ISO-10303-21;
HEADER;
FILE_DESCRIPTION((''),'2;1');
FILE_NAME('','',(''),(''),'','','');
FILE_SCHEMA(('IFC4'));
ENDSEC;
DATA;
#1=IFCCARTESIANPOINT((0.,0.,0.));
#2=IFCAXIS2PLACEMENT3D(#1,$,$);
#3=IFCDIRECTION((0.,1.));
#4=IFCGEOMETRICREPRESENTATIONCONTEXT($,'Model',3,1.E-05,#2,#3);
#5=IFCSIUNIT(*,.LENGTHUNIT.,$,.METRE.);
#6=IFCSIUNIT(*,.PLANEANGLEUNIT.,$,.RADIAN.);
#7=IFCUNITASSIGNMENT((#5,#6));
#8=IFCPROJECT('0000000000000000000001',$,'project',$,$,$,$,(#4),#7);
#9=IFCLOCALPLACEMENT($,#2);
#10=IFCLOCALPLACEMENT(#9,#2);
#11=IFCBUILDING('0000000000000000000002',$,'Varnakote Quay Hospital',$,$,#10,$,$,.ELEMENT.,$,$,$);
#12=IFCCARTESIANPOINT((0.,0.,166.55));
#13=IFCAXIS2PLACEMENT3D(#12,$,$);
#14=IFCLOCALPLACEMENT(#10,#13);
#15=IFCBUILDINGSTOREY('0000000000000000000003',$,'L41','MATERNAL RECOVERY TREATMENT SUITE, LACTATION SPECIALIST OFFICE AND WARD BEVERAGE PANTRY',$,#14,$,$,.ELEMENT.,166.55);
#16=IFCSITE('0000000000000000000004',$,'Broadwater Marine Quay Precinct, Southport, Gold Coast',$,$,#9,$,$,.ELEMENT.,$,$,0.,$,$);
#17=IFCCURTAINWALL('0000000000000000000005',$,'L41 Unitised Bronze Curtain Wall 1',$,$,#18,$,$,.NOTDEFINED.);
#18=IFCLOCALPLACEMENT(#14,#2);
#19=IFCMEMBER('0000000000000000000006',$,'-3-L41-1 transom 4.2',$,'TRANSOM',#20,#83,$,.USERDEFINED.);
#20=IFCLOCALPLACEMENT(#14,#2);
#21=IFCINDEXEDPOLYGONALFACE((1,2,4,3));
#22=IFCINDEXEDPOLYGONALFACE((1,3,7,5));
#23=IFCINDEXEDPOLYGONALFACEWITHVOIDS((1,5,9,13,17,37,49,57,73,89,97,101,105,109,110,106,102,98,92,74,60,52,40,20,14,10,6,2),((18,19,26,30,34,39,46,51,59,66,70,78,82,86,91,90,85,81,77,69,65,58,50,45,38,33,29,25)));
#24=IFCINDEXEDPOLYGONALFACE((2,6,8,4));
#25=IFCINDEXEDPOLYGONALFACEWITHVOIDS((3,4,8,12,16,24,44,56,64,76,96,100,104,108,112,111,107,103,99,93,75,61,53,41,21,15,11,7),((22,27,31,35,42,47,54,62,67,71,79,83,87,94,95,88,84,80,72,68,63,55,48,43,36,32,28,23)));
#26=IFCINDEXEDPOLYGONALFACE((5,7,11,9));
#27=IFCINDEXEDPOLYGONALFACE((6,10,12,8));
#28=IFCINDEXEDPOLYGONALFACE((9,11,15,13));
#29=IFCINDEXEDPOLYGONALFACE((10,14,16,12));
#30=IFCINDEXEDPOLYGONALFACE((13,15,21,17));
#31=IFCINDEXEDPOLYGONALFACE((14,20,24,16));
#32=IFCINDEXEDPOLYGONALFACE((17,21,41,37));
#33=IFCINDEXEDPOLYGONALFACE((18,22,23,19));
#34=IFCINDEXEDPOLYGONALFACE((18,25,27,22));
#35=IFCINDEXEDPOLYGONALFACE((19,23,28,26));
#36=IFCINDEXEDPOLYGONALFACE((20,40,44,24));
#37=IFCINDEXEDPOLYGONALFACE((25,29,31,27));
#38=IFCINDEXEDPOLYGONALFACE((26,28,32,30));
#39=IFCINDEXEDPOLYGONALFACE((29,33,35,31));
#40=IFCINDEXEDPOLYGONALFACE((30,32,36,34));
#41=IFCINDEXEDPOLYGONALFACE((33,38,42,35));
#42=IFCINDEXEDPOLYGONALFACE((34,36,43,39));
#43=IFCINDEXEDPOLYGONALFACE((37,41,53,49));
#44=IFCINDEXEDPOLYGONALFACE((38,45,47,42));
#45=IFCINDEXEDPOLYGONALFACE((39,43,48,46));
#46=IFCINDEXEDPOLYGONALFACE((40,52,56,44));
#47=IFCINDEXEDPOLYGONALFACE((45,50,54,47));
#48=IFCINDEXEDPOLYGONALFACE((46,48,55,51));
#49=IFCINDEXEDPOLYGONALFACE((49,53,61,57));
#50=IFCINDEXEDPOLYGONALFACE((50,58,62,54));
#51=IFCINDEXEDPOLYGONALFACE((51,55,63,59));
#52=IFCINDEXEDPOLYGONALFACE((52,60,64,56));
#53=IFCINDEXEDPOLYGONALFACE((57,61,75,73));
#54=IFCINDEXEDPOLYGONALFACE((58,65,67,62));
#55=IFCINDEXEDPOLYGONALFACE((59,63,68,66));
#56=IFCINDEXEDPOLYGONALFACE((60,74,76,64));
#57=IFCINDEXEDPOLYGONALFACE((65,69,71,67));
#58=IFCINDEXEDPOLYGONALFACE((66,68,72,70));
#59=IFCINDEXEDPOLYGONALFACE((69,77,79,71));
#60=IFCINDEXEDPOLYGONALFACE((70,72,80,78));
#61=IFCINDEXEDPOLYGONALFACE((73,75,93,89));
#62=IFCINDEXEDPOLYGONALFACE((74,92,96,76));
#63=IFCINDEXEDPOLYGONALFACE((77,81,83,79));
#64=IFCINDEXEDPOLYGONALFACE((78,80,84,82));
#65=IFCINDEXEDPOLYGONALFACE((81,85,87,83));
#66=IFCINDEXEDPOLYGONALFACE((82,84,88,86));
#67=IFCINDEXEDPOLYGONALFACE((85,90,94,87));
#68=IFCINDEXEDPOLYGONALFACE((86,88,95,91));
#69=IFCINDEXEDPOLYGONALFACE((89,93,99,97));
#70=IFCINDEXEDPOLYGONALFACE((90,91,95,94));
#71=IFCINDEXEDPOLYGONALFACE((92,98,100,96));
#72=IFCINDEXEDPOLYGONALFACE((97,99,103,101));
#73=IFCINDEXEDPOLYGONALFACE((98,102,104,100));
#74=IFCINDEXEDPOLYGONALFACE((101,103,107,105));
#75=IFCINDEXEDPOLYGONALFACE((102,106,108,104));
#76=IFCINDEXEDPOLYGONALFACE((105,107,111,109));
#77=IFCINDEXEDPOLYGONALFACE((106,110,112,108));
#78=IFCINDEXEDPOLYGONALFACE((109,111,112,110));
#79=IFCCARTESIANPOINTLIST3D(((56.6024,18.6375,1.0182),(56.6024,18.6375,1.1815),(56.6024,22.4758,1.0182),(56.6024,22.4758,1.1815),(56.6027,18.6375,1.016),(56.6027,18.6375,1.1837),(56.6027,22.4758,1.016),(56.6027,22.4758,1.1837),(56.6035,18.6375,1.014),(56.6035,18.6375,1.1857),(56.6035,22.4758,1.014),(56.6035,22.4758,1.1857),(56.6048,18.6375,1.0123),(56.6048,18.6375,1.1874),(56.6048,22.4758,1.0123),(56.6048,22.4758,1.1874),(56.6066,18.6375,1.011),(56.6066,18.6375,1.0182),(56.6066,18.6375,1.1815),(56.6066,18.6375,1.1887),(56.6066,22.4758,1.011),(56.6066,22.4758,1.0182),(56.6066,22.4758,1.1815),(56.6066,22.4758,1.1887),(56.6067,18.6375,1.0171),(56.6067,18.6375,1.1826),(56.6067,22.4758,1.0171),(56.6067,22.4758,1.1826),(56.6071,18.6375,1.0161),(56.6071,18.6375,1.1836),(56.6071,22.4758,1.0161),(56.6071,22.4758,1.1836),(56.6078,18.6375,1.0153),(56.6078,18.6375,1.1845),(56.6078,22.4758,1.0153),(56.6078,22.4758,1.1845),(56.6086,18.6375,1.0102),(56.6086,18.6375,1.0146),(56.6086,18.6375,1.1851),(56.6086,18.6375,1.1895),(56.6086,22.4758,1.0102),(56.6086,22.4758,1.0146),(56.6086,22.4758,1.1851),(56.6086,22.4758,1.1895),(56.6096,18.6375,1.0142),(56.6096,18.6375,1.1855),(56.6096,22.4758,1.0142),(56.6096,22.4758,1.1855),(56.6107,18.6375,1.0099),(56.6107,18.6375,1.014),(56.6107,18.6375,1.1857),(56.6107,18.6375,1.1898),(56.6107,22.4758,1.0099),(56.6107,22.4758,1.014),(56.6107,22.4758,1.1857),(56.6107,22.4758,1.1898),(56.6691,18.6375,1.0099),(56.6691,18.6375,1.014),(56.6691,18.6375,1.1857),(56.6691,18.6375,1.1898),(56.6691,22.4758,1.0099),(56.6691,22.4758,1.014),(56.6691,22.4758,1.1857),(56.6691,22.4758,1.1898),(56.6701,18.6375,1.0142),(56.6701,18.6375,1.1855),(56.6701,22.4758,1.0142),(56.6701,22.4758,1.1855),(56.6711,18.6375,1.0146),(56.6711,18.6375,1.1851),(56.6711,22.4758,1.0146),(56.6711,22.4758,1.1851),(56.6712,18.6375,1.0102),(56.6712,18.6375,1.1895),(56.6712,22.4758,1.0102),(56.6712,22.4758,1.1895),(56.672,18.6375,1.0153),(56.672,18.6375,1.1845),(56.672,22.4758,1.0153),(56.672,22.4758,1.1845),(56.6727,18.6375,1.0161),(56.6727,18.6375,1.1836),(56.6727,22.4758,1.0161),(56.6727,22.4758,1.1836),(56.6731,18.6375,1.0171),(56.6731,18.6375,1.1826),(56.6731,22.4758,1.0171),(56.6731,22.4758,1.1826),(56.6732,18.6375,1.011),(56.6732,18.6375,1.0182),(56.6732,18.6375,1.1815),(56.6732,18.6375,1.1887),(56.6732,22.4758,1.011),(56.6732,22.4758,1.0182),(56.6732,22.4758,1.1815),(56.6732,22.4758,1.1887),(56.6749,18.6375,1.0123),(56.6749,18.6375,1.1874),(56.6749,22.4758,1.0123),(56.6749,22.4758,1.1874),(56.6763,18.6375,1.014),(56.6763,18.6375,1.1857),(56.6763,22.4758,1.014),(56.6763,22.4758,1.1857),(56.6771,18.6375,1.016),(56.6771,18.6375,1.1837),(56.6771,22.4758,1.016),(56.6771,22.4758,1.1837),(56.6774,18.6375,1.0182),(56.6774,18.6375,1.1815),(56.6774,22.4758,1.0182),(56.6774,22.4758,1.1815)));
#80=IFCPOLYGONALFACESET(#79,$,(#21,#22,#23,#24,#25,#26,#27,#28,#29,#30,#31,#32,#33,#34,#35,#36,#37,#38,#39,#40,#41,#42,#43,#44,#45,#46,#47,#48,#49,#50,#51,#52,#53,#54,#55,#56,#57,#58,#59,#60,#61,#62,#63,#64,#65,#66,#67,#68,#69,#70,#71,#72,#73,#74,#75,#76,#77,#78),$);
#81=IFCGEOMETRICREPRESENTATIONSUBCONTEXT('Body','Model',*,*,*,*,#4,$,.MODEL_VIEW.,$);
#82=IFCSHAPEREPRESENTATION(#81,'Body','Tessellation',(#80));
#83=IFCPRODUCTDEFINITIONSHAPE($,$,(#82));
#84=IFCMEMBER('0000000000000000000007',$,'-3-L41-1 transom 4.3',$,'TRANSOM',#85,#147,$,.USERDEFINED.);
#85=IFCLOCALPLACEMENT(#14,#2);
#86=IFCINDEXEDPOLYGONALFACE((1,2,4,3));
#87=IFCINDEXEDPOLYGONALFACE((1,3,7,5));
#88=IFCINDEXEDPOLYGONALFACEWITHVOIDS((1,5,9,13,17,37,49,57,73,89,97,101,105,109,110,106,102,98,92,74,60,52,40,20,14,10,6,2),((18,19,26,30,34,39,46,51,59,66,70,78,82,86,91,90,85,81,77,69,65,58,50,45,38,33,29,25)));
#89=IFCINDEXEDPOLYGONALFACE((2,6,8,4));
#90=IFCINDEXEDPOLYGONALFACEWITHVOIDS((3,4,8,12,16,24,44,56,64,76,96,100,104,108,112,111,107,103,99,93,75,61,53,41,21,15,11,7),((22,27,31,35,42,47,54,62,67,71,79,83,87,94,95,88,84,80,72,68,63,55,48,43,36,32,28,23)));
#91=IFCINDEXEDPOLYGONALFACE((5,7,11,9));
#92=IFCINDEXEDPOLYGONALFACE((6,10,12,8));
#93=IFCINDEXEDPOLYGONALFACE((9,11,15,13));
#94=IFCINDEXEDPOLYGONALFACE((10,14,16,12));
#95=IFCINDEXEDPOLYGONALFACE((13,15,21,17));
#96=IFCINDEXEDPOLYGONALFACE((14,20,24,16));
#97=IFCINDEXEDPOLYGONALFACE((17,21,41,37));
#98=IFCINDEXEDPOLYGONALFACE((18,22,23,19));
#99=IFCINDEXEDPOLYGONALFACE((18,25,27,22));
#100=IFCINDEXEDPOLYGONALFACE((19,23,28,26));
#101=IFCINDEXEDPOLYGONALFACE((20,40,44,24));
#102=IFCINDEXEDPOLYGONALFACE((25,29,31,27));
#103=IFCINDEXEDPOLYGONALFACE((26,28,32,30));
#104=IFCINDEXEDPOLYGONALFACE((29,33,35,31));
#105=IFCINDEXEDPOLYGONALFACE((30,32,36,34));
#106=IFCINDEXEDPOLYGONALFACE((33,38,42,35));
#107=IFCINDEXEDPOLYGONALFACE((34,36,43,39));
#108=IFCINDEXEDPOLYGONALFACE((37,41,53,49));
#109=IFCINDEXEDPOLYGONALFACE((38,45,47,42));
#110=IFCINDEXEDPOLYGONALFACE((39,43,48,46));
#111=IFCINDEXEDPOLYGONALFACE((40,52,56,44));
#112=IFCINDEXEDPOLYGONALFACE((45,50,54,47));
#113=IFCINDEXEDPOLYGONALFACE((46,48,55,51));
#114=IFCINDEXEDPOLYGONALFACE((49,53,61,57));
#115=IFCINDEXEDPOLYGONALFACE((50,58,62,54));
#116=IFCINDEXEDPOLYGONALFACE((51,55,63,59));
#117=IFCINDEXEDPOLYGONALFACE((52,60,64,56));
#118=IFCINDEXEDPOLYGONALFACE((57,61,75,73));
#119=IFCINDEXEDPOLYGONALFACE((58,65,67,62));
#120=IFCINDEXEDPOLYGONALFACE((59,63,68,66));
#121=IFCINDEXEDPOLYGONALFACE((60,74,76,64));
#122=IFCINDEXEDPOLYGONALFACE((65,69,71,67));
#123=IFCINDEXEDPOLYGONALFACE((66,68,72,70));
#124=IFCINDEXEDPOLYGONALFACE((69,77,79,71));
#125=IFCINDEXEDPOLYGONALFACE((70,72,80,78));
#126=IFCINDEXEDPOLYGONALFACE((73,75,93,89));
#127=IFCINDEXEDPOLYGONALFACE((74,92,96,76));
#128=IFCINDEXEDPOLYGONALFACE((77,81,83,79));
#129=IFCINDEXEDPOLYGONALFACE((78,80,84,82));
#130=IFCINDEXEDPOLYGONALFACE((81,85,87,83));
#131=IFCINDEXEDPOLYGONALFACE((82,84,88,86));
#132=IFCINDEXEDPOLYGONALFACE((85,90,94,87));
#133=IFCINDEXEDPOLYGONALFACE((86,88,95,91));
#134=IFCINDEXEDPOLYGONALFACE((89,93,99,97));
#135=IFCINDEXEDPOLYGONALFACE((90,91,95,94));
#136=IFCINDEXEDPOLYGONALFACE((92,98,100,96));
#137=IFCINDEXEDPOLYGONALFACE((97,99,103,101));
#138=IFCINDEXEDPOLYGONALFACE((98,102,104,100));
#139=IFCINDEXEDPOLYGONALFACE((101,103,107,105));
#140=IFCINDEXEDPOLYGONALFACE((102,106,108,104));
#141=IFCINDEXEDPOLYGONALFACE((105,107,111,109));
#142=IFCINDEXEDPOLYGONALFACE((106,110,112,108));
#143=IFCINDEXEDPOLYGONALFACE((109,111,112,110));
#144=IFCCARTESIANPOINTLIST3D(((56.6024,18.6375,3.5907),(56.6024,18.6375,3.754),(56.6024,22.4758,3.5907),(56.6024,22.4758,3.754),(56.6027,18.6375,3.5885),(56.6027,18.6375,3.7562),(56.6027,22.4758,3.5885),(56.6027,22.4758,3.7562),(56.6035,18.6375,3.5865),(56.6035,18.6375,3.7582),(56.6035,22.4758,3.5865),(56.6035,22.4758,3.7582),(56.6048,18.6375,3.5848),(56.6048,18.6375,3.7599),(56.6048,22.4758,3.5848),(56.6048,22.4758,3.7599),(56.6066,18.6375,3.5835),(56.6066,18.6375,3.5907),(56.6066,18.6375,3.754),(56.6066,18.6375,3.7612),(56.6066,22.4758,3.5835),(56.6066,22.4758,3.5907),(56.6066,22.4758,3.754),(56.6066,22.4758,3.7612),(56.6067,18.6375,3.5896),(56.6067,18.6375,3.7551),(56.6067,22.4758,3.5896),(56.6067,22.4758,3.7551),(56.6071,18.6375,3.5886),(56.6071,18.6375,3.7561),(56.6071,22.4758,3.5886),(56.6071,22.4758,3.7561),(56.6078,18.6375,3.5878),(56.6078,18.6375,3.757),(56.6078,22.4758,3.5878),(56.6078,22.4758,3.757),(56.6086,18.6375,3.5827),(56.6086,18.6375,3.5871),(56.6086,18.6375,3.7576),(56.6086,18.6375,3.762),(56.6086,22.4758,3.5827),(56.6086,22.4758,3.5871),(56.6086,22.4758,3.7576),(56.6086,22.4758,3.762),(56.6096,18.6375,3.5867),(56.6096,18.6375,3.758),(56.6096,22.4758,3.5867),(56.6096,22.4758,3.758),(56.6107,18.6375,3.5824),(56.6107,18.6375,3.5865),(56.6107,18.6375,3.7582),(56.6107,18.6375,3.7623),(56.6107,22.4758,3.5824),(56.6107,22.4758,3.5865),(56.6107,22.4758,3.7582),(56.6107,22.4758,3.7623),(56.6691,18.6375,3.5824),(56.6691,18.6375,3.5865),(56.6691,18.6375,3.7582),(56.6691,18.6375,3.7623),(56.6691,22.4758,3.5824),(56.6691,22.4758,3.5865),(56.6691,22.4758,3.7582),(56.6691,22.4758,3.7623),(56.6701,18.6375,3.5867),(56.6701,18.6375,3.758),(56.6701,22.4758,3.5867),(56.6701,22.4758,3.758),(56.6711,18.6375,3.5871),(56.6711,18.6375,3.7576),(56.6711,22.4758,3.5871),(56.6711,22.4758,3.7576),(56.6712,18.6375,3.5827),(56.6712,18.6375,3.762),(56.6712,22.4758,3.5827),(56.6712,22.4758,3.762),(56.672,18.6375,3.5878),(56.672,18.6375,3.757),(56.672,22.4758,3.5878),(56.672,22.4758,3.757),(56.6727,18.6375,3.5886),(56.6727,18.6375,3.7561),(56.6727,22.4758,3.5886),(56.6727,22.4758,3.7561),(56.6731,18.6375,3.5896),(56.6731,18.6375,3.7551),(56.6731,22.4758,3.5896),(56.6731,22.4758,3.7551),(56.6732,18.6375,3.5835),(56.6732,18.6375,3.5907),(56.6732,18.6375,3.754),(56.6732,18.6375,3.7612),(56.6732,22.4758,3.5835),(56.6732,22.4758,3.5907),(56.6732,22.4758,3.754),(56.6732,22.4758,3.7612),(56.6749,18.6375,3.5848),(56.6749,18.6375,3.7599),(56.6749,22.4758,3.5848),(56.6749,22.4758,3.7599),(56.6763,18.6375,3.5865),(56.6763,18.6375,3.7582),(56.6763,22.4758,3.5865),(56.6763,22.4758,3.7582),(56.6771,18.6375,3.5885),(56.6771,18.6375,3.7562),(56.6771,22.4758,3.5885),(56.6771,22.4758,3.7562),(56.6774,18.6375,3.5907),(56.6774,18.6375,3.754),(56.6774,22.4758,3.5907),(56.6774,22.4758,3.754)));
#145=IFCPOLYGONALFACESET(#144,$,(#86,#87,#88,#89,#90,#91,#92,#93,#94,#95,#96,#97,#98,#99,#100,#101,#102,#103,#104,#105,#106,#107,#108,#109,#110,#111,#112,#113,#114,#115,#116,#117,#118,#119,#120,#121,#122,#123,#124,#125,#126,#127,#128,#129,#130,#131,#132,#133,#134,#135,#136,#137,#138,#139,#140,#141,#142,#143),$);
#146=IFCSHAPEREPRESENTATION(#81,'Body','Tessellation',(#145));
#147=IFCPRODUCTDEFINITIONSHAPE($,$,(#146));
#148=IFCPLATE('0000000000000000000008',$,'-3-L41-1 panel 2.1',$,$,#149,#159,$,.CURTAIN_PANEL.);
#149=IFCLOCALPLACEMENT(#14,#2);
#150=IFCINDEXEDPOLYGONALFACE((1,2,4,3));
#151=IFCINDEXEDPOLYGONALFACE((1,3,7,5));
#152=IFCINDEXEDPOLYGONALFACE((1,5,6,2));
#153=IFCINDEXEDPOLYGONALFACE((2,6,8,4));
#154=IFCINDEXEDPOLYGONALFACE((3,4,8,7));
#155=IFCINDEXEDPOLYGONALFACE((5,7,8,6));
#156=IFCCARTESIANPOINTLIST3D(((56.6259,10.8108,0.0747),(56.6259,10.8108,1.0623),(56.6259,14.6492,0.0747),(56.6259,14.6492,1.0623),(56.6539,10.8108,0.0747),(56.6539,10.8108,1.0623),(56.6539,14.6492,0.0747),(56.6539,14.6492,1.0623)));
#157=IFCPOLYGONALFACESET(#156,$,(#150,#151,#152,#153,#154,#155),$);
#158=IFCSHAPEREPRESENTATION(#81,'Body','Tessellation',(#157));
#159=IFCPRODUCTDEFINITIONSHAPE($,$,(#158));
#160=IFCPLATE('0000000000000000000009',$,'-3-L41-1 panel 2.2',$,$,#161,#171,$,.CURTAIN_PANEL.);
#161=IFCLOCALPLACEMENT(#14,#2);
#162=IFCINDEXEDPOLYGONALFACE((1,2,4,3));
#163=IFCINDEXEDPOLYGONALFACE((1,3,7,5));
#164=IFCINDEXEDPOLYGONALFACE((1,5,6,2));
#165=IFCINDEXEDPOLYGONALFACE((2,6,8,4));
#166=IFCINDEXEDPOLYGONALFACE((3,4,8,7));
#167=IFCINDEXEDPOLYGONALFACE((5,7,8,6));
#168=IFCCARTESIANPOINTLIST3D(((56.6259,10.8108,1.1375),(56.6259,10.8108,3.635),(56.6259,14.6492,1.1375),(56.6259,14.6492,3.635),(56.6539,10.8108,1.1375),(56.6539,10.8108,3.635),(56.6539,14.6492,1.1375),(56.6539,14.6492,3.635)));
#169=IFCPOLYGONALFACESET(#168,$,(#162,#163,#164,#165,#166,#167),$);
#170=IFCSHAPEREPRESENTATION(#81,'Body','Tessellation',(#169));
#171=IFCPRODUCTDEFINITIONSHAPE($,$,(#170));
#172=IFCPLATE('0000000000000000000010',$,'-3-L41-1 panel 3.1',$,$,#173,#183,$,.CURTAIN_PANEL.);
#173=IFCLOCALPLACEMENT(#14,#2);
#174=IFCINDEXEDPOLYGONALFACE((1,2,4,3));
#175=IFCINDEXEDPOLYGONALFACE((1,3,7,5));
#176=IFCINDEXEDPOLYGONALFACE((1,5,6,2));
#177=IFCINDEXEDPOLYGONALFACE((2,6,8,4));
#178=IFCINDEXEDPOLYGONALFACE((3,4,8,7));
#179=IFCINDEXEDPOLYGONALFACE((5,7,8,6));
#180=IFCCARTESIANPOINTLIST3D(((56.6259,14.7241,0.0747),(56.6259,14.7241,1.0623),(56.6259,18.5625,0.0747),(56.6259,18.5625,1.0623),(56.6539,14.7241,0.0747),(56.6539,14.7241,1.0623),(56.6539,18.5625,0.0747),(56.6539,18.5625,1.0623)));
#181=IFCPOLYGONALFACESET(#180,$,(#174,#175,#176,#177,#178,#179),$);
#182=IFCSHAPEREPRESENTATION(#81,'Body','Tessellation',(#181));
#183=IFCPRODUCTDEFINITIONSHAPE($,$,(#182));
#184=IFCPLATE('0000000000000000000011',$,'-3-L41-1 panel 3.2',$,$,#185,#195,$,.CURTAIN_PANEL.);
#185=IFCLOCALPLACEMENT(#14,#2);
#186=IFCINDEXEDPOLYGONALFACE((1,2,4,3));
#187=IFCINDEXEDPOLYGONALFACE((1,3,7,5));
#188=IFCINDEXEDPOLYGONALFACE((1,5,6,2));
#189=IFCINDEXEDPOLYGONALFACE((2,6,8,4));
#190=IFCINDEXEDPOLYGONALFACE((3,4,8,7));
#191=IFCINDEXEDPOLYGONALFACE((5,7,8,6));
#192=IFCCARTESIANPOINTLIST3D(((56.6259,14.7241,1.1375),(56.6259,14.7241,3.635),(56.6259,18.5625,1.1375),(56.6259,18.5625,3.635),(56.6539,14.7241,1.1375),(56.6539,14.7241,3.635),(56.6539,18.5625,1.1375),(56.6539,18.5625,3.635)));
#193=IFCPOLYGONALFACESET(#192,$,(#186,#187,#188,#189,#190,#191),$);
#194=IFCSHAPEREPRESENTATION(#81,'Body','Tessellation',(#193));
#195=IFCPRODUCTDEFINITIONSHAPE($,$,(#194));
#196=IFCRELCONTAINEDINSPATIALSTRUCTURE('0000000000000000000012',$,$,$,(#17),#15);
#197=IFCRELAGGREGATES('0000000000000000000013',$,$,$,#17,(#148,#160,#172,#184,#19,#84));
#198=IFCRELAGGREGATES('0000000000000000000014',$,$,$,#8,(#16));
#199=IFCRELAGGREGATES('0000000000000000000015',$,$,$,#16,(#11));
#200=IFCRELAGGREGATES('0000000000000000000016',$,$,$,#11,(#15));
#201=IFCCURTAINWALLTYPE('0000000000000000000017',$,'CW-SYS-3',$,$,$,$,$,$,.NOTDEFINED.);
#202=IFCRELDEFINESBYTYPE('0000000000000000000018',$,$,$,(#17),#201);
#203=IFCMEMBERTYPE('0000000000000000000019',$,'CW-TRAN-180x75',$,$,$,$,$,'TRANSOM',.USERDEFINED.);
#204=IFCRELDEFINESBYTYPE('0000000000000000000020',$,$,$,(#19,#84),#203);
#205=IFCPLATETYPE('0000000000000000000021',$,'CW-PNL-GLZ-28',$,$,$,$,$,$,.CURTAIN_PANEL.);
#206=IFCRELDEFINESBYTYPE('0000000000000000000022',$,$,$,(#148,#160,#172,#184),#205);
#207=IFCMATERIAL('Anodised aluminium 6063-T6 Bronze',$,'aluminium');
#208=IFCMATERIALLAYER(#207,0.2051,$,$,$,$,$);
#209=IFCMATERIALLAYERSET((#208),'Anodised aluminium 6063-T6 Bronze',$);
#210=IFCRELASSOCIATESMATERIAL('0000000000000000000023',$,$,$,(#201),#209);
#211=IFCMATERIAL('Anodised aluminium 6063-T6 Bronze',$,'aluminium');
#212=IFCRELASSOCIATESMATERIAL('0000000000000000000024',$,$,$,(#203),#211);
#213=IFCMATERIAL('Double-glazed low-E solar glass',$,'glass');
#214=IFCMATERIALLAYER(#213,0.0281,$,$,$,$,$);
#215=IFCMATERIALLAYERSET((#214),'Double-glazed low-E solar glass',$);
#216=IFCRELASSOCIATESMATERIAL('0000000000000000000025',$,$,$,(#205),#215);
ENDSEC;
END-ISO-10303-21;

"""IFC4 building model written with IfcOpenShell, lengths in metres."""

from ifc_helpers import new_model, si_unit, direction, frame, origin, origin_2d, place, context, subcontext, project, spatial, rectangle, hollow_rectangle, extrude, material, layer, layer_set, material_profile, profile_set, type_object, element, aggregate, save


model = new_model("IFC4")

# Units and contexts
model_context = context("Model", 3, precision=1e-05, world=origin(), true_north=direction((0.0, 1.0)))
body_context = subcontext(model_context, "Body", "Model", "MODEL_VIEW")
ifc_project = project(units=[si_unit("LENGTHUNIT", "METRE"), si_unit("PLANEANGLEUNIT", "RADIAN")], contexts=[model_context])

# Site, building, storey
site_placement = place(None, origin())
site = spatial("IfcSite", under=ifc_project, at=site_placement, Name="Broadwater Marine Quay Precinct, Southport, Gold Coast", CompositionType="ELEMENT", RefElevation=0.0)
building_placement = place(site_placement, origin())
building = spatial("IfcBuilding", under=site, at=building_placement, Name="Varnakote Quay Hospital", CompositionType="ELEMENT")
storey_placement = place(building_placement, frame((0.0, 0.0, 166.55)))
storey = spatial("IfcBuildingStorey", under=building, at=storey_placement, Name="L41", Description="MATERNAL RECOVERY TREATMENT SUITE, LACTATION SPECIALIST OFFICE AND WARD BEVERAGE PANTRY", CompositionType="ELEMENT", Elevation=166.55)

# Curtain wall, members, plates
ifc_material_1 = material(Name="Anodised aluminium 6063-T6 Bronze", Category="aluminium")
ifc_layer_1 = layer(ifc_material_1, 0.2051)
ifc_layer_set_1 = layer_set([ifc_layer_1], Name="Anodised aluminium 6063-T6 Bronze")
curtain_wall_type = type_object("IfcCurtainWallType", Name="CW-SYS-3", PredefinedType="NOTDEFINED", material=ifc_layer_set_1)
curtain_wall_placement = place(storey_placement, origin())
curtain_wall = element("IfcCurtainWall", 1, at=curtain_wall_placement, inside=storey, type_object=curtain_wall_type, Name="L41 Unitised Bronze Curtain Wall 1", PredefinedType="NOTDEFINED")
ifc_material_2 = material(Name="Anodised aluminium 6063-T6 Bronze", Category="aluminium")
ifc_material_profile_1 = material_profile(ifc_material_2, hollow_rectangle(XDim=0.075, YDim=0.1799, WallThickness=0.0042, InnerFilletRadius=0.0042, OuterFilletRadius=0.0083, at=origin_2d()), Name="CW-TRAN-180x75")
ifc_profile_set_1 = profile_set([ifc_material_profile_1], Name="Anodised aluminium 6063-T6 Bronze")
member_type_1 = type_object("IfcMemberType", Name="CW-TRAN-180x75", ElementType="TRANSOM", PredefinedType="USERDEFINED", material=ifc_profile_set_1)
member_1_placement = place(storey_placement, frame((56.6399, 18.6375, 1.0999), z_axis=(0.0, 1.0, 0.0), x_axis=(-1.0, 0.0, 0.0)))
member_1 = element("IfcMember", 2, at=member_1_placement, type_object=member_type_1, Name="-3-L41-1 transom 4.2", ObjectType="TRANSOM", PredefinedType="USERDEFINED", context=body_context, shape_type="SweptSolid", body=[
    extrude(hollow_rectangle(XDim=0.075, YDim=0.1799, WallThickness=0.0042, InnerFilletRadius=0.0042, OuterFilletRadius=0.0083, at=origin_2d()), origin(), (0.0, 0.0, 1.0), 3.8384),
])
member_2_placement = place(storey_placement, frame((56.6399, 18.6375, 3.6724), z_axis=(0.0, 1.0, 0.0), x_axis=(-1.0, 0.0, 0.0)))
member_2 = element("IfcMember", 3, at=member_2_placement, type_object=member_type_1, Name="-3-L41-1 transom 4.3", ObjectType="TRANSOM", PredefinedType="USERDEFINED", context=body_context, shape_type="SweptSolid", body=[
    extrude(hollow_rectangle(XDim=0.075, YDim=0.1799, WallThickness=0.0042, InnerFilletRadius=0.0042, OuterFilletRadius=0.0083, at=origin_2d()), origin(), (0.0, 0.0, 1.0), 3.8384),
])
ifc_material_3 = material(Name="Double-glazed low-E solar glass", Category="glass")
ifc_layer_2 = layer(ifc_material_3, 0.0281)
ifc_layer_set_2 = layer_set([ifc_layer_2], Name="Double-glazed low-E solar glass")
plate_type = type_object("IfcPlateType", Name="CW-PNL-GLZ-28", PredefinedType="CURTAIN_PANEL", material=ifc_layer_set_2)
plate_1_placement = place(storey_placement, frame((56.6399, 12.73, 0.0747), z_axis=(0.0, 0.0, 1.0), x_axis=(0.0, 1.0, 0.0)))
plate_1 = element("IfcPlate", 4, at=plate_1_placement, type_object=plate_type, Name="-3-L41-1 panel 2.1", PredefinedType="CURTAIN_PANEL", context=body_context, shape_type="SweptSolid", body=[
    extrude(rectangle(XDim=3.8384, YDim=0.0281, at=origin_2d()), origin(), (0.0, 0.0, 1.0), 0.9875),
])
plate_2_placement = place(storey_placement, frame((56.6399, 12.73, 1.1375), z_axis=(0.0, 0.0, 1.0), x_axis=(0.0, 1.0, 0.0)))
plate_2 = element("IfcPlate", 5, at=plate_2_placement, type_object=plate_type, Name="-3-L41-1 panel 2.2", PredefinedType="CURTAIN_PANEL", context=body_context, shape_type="SweptSolid", body=[
    extrude(rectangle(XDim=3.8384, YDim=0.0281, at=origin_2d()), origin(), (0.0, 0.0, 1.0), 2.4976),
])
plate_3_placement = place(storey_placement, frame((56.6399, 16.6433, 0.0747), z_axis=(0.0, 0.0, 1.0), x_axis=(0.0, 1.0, 0.0)))
plate_3 = element("IfcPlate", 6, at=plate_3_placement, type_object=plate_type, Name="-3-L41-1 panel 3.1", PredefinedType="CURTAIN_PANEL", context=body_context, shape_type="SweptSolid", body=[
    extrude(rectangle(XDim=3.8384, YDim=0.0281, at=origin_2d()), origin(), (0.0, 0.0, 1.0), 0.9875),
])
plate_4_placement = place(storey_placement, frame((56.6399, 16.6433, 1.1375), z_axis=(0.0, 0.0, 1.0), x_axis=(0.0, 1.0, 0.0)))
plate_4 = element("IfcPlate", 7, at=plate_4_placement, type_object=plate_type, Name="-3-L41-1 panel 3.2", PredefinedType="CURTAIN_PANEL", context=body_context, shape_type="SweptSolid", body=[
    extrude(rectangle(XDim=3.8384, YDim=0.0281, at=origin_2d()), origin(), (0.0, 0.0, 1.0), 2.4976),
])
aggregate(curtain_wall, [plate_1, plate_2, plate_3, plate_4, member_1, member_2])

save(model, "model.ifc")
